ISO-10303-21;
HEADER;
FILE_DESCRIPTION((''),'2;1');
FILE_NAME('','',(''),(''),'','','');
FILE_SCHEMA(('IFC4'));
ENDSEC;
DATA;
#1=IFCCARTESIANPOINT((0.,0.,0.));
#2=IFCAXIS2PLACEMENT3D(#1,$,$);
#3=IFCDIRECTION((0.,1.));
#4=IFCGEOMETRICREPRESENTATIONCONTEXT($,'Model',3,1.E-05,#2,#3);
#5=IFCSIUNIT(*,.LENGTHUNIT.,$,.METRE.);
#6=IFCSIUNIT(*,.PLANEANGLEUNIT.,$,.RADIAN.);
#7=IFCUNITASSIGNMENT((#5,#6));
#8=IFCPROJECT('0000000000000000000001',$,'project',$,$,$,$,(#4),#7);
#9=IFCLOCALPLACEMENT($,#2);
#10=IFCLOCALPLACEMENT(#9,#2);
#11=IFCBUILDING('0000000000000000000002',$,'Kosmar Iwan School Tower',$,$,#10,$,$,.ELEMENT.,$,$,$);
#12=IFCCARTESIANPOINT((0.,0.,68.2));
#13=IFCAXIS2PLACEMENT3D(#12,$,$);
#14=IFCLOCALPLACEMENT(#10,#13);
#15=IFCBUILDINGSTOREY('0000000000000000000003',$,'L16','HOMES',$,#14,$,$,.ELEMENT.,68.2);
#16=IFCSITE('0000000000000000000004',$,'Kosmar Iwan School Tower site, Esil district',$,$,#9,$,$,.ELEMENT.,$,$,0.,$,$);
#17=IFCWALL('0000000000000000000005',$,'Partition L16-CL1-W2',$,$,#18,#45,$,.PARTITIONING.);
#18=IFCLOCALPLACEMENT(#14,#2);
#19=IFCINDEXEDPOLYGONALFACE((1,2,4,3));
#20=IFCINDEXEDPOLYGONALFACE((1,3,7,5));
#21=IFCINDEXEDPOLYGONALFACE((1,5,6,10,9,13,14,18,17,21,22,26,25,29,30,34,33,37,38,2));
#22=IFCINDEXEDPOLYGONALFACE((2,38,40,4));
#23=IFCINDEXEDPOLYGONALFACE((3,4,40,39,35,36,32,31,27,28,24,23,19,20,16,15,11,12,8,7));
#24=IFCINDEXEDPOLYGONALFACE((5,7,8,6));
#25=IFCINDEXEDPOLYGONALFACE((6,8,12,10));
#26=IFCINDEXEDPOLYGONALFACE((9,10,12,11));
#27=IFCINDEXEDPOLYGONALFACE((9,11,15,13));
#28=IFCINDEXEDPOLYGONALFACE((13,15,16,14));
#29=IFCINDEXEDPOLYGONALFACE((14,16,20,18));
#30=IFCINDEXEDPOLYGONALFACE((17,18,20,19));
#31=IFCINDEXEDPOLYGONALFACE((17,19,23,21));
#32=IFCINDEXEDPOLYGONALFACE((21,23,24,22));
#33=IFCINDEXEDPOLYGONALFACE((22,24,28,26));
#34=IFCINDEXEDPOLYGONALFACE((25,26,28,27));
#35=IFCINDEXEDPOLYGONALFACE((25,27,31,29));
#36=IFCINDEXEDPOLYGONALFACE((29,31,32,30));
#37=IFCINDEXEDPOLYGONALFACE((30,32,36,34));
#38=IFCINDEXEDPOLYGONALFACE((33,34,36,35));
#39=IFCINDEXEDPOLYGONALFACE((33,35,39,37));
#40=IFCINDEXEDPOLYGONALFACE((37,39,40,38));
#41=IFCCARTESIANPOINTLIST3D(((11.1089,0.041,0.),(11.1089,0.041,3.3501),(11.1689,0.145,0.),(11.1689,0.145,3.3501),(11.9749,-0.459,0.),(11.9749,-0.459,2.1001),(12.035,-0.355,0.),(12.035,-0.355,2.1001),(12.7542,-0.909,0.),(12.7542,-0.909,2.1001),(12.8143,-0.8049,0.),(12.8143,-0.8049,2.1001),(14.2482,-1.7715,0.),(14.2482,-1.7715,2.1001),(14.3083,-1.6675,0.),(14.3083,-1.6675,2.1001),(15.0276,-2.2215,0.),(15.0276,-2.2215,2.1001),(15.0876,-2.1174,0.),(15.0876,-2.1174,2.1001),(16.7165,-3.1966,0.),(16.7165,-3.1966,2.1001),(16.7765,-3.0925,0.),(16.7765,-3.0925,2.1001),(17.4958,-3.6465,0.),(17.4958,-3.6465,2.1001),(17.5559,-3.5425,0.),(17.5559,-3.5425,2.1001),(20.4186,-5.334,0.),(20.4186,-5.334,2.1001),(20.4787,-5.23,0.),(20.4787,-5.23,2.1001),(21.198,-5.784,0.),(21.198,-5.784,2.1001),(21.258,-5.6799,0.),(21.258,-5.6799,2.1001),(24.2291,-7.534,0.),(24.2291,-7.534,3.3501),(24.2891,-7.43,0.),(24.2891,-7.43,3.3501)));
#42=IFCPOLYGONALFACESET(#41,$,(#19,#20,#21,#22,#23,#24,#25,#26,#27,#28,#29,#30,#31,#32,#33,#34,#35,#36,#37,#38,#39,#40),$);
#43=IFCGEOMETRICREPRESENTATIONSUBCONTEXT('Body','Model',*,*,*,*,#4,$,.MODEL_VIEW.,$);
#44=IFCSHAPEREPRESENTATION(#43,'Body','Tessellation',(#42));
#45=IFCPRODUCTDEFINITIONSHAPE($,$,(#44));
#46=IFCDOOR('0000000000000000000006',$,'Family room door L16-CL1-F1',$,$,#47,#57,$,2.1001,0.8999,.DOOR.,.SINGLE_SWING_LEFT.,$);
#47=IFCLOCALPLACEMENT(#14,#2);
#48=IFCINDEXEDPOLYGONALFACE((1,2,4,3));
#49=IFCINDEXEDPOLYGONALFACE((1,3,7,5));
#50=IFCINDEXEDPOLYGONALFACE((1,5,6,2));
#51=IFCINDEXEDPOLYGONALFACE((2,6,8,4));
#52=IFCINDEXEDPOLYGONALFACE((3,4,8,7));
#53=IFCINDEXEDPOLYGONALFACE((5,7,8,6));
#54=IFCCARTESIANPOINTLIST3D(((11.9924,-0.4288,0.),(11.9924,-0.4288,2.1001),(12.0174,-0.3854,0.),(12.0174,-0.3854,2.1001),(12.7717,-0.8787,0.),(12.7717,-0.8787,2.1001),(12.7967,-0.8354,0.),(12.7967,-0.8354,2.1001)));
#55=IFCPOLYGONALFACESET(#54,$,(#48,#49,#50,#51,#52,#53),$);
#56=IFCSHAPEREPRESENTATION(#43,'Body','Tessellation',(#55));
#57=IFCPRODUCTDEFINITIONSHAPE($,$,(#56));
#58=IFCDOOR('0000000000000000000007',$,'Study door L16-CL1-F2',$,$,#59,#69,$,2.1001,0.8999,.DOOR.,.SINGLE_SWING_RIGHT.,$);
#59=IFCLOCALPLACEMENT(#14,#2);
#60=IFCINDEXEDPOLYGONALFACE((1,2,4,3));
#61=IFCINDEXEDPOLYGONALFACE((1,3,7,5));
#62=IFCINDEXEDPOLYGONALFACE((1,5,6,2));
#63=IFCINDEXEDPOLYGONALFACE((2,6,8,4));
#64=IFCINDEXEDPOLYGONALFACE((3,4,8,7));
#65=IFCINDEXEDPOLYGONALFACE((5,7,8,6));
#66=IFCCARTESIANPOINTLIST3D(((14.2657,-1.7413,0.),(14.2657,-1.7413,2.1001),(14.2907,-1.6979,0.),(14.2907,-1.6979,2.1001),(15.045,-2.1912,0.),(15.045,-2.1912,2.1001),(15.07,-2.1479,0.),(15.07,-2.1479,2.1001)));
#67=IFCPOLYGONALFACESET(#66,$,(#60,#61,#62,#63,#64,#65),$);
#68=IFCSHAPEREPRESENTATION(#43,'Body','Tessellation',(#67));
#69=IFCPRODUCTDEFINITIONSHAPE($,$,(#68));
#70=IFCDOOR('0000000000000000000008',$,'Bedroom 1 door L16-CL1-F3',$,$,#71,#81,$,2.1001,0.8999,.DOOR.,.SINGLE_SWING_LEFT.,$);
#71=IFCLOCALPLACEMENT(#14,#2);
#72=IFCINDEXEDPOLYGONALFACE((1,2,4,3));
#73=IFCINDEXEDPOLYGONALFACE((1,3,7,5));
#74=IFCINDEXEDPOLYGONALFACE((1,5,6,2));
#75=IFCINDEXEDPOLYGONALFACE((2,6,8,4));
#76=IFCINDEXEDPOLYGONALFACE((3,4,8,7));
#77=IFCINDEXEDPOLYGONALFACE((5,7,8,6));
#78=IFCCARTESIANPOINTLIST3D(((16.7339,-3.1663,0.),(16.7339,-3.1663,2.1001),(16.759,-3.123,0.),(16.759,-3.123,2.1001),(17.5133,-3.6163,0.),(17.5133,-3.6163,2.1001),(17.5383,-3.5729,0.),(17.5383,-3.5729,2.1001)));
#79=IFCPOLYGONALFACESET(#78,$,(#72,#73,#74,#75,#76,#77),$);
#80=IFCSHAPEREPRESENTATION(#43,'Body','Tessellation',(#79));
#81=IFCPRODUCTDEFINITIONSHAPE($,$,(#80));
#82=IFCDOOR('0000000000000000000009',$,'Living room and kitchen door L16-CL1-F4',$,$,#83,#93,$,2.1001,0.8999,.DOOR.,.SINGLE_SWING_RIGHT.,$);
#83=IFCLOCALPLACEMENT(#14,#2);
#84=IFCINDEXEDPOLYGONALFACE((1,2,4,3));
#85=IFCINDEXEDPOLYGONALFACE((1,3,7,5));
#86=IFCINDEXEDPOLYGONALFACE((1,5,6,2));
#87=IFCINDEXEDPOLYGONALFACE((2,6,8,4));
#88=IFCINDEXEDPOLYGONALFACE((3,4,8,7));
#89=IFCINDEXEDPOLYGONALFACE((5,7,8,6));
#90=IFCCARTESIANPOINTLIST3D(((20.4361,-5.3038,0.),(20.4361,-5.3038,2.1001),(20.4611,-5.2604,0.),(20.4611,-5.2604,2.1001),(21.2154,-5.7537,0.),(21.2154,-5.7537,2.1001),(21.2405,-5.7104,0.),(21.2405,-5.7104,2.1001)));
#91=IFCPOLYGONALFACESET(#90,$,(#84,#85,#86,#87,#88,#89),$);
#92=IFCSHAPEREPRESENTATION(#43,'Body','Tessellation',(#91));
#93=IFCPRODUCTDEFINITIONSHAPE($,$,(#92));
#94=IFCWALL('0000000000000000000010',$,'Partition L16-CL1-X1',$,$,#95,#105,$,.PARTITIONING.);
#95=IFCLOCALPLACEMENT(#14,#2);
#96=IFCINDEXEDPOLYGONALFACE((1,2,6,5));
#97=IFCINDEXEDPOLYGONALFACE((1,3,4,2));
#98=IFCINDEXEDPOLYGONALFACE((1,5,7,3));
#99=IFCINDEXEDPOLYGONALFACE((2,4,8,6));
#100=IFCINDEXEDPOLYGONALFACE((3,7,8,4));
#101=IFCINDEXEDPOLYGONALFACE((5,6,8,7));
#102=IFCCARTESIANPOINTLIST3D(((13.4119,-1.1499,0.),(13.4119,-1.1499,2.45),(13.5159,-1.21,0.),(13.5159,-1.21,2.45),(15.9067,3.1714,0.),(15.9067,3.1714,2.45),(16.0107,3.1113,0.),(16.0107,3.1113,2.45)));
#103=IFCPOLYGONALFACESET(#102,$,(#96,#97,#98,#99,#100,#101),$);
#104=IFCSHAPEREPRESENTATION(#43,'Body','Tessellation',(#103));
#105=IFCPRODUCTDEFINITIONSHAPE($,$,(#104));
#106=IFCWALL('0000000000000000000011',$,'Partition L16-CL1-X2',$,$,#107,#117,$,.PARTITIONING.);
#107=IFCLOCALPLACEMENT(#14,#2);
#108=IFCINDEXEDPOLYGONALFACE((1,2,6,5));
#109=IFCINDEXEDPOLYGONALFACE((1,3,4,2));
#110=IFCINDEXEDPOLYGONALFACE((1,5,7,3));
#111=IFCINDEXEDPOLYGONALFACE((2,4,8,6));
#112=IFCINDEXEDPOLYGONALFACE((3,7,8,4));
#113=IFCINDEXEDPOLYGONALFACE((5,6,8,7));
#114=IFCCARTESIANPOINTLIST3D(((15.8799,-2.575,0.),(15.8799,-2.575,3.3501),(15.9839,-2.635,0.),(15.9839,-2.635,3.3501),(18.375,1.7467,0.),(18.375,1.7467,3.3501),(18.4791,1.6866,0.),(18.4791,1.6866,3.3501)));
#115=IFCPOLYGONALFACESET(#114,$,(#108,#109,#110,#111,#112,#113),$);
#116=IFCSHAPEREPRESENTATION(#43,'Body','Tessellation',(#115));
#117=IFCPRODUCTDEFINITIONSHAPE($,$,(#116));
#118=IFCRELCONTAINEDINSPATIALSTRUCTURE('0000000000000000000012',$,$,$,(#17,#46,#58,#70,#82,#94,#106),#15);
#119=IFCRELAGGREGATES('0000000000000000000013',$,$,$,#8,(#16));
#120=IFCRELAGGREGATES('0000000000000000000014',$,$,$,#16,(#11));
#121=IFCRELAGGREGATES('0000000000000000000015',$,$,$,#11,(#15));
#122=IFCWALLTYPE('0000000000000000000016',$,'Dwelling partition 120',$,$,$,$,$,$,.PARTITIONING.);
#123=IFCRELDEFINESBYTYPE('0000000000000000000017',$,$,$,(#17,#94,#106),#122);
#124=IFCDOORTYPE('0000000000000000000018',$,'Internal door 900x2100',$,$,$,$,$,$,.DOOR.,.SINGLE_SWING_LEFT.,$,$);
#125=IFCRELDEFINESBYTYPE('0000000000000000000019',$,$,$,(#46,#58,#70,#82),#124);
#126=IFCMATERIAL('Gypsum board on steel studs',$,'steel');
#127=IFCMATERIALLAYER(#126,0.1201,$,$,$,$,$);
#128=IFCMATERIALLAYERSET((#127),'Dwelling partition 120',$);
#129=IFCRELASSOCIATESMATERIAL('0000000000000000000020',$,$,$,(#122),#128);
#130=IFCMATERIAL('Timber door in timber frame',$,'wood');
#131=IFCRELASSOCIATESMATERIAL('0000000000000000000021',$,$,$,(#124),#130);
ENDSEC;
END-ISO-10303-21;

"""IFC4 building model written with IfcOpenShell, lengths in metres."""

from ifc_helpers import new_model, si_unit, direction, frame, frame_2d, origin, place, context, subcontext, project, spatial, rectangle, extrude, material, layer, layer_set, type_object, element, fill, save


model = new_model("IFC4")

# Units and contexts
model_context = context("Model", 3, precision=1e-05, world=origin(), true_north=direction((0.0, 1.0)))
body_context = subcontext(model_context, "Body", "Model", "MODEL_VIEW")
ifc_project = project(units=[si_unit("LENGTHUNIT", "METRE"), si_unit("PLANEANGLEUNIT", "RADIAN")], contexts=[model_context])

# Site, building, storey
site_placement = place(None, origin())
site = spatial("IfcSite", under=ifc_project, at=site_placement, Name="Kosmar Iwan School Tower site, Esil district", CompositionType="ELEMENT", RefElevation=0.0)
building_placement = place(site_placement, origin())
building = spatial("IfcBuilding", under=site, at=building_placement, Name="Kosmar Iwan School Tower", CompositionType="ELEMENT")
storey_placement = place(building_placement, frame((0.0, 0.0, 68.2)))
storey = spatial("IfcBuildingStorey", under=building, at=storey_placement, Name="L16", Description="HOMES", CompositionType="ELEMENT", Elevation=68.2)

# Wall, openings, doors
ifc_material_1 = material(Name="Gypsum board on steel studs", Category="steel")
ifc_layer = layer(ifc_material_1, 0.1201)
ifc_layer_set = layer_set([ifc_layer], Name="Dwelling partition 120")
wall_type = type_object("IfcWallType", Name="Dwelling partition 120", PredefinedType="PARTITIONING", material=ifc_layer_set)
ifc_material_2 = material(Name="Timber door in timber frame", Category="wood")
door_type_1 = type_object("IfcDoorType", Name="Internal door 900x2100", OperationType="SINGLE_SWING_LEFT", PredefinedType="DOOR", material=ifc_material_2)
wall_1_placement = place(storey_placement, frame((11.1389, 0.093, 0.0), z_axis=(0.0, 0.0, 1.0), x_axis=(0.866024, -0.500002, 0.0)))
wall_1 = element("IfcWall", 1, at=wall_1_placement, inside=storey, type_object=wall_type, Name="Partition L16-CL1-W2", PredefinedType="PARTITIONING", context=body_context, shape_type="SweptSolid", body=[
    extrude(rectangle(XDim=15.1499, YDim=0.1201, at=frame_2d((7.575, 0.0))), origin(), (0.0, 0.0, 1.0), 3.3501),
])
opening_1_placement = place(wall_1_placement, frame((1.0, 0.0, 0.0)))
opening_1 = element("IfcOpeningElement", 2, at=opening_1_placement, cuts=wall_1, PredefinedType="OPENING", context=body_context, shape_type="SweptSolid", body=[
    extrude(rectangle(XDim=0.8999, YDim=2.1001, at=frame_2d((0.45, 1.05))), frame((0.0, 0.072, 0.0), z_axis=(0.0, -1.0, 0.0), x_axis=(1.0, 0.0, 0.0)), (0.0, 0.0, 1.0), 0.144),
])
opening_2_placement = place(wall_1_placement, frame((3.625, 0.0, 0.0)))
opening_2 = element("IfcOpeningElement", 3, at=opening_2_placement, cuts=wall_1, PredefinedType="OPENING", context=body_context, shape_type="SweptSolid", body=[
    extrude(rectangle(XDim=0.8999, YDim=2.1001, at=frame_2d((0.45, 1.05))), frame((0.0, 0.072, 0.0), z_axis=(0.0, -1.0, 0.0), x_axis=(1.0, 0.0, 0.0)), (0.0, 0.0, 1.0), 0.144),
])
opening_3_placement = place(wall_1_placement, frame((6.4751, 0.0, 0.0)))
opening_3 = element("IfcOpeningElement", 4, at=opening_3_placement, cuts=wall_1, PredefinedType="OPENING", context=body_context, shape_type="SweptSolid", body=[
    extrude(rectangle(XDim=0.8999, YDim=2.1001, at=frame_2d((0.45, 1.05))), frame((0.0, 0.072, 0.0), z_axis=(0.0, -1.0, 0.0), x_axis=(1.0, 0.0, 0.0)), (0.0, 0.0, 1.0), 0.144),
])
opening_4_placement = place(wall_1_placement, frame((10.75, 0.0, 0.0)))
opening_4 = element("IfcOpeningElement", 5, at=opening_4_placement, cuts=wall_1, PredefinedType="OPENING", context=body_context, shape_type="SweptSolid", body=[
    extrude(rectangle(XDim=0.8999, YDim=2.1001, at=frame_2d((0.45, 1.05))), frame((0.0, 0.072, 0.0), z_axis=(0.0, -1.0, 0.0), x_axis=(1.0, 0.0, 0.0)), (0.0, 0.0, 1.0), 0.144),
])
door_1_placement = place(opening_1_placement, origin())
door_1 = element("IfcDoor", 6, at=door_1_placement, inside=storey, type_object=door_type_1, Name="Family room door L16-CL1-F1", OperationType="SINGLE_SWING_LEFT", OverallHeight=2.1001, OverallWidth=0.8999, PredefinedType="DOOR", context=body_context, shape_type="SweptSolid", body=[
    extrude(rectangle(XDim=0.8999, YDim=2.1001, at=frame_2d((0.45, 1.05))), frame((0.0, 0.0249, 0.0), z_axis=(0.0, -1.0, 0.0), x_axis=(1.0, 0.0, 0.0)), (0.0, 0.0, 1.0), 0.05),
])
fill(opening_1, door_1)
door_2_placement = place(opening_2_placement, origin())
door_2 = element("IfcDoor", 7, at=door_2_placement, inside=storey, type_object=door_type_1, Name="Study door L16-CL1-F2", OperationType="SINGLE_SWING_RIGHT", OverallHeight=2.1001, OverallWidth=0.8999, PredefinedType="DOOR", context=body_context, shape_type="SweptSolid", body=[
    extrude(rectangle(XDim=0.8999, YDim=2.1001, at=frame_2d((0.45, 1.05))), frame((0.0, 0.0249, 0.0), z_axis=(0.0, -1.0, 0.0), x_axis=(1.0, 0.0, 0.0)), (0.0, 0.0, 1.0), 0.05),
])
fill(opening_2, door_2)
door_3_placement = place(opening_3_placement, origin())
door_3 = element("IfcDoor", 8, at=door_3_placement, inside=storey, type_object=door_type_1, Name="Bedroom 1 door L16-CL1-F3", OperationType="SINGLE_SWING_LEFT", OverallHeight=2.1001, OverallWidth=0.8999, PredefinedType="DOOR", context=body_context, shape_type="SweptSolid", body=[
    extrude(rectangle(XDim=0.8999, YDim=2.1001, at=frame_2d((0.45, 1.05))), frame((0.0, 0.0249, 0.0), z_axis=(0.0, -1.0, 0.0), x_axis=(1.0, 0.0, 0.0)), (0.0, 0.0, 1.0), 0.05),
])
fill(opening_3, door_3)
door_4_placement = place(opening_4_placement, origin())
door_4 = element("IfcDoor", 9, at=door_4_placement, inside=storey, type_object=door_type_1, Name="Living room and kitchen door L16-CL1-F4", OperationType="SINGLE_SWING_RIGHT", OverallHeight=2.1001, OverallWidth=0.8999, PredefinedType="DOOR", context=body_context, shape_type="SweptSolid", body=[
    extrude(rectangle(XDim=0.8999, YDim=2.1001, at=frame_2d((0.45, 1.05))), frame((0.0, 0.0249, 0.0), z_axis=(0.0, -1.0, 0.0), x_axis=(1.0, 0.0, 0.0)), (0.0, 0.0, 1.0), 0.05),
])
fill(opening_4, door_4)

# Walls
wall_2_placement = place(storey_placement, frame((13.4639, -1.1799, 0.0), z_axis=(0.0, 0.0, 1.0), x_axis=(0.499996, 0.866028, 0.0)))
element("IfcWall", 10, at=wall_2_placement, inside=storey, type_object=wall_type, Name="Partition L16-CL1-X1", PredefinedType="PARTITIONING", context=body_context, shape_type="SweptSolid", body=[
    extrude(rectangle(XDim=4.9897, YDim=0.1201, at=frame_2d((2.4949, 0.0))), origin(), (0.0, 0.0, 1.0), 2.45),
])
wall_3_placement = place(storey_placement, frame((15.9319, -2.605, 0.0), z_axis=(0.0, 0.0, 1.0), x_axis=(0.500012, 0.866019, 0.0)))
element("IfcWall", 11, at=wall_3_placement, inside=storey, type_object=wall_type, Name="Partition L16-CL1-X2", PredefinedType="PARTITIONING", context=body_context, shape_type="SweptSolid", body=[
    extrude(rectangle(XDim=4.9902, YDim=0.1201, at=frame_2d((2.4951, 0.0))), origin(), (0.0, 0.0, 1.0), 3.3501),
])

save(model, "model.ifc")
